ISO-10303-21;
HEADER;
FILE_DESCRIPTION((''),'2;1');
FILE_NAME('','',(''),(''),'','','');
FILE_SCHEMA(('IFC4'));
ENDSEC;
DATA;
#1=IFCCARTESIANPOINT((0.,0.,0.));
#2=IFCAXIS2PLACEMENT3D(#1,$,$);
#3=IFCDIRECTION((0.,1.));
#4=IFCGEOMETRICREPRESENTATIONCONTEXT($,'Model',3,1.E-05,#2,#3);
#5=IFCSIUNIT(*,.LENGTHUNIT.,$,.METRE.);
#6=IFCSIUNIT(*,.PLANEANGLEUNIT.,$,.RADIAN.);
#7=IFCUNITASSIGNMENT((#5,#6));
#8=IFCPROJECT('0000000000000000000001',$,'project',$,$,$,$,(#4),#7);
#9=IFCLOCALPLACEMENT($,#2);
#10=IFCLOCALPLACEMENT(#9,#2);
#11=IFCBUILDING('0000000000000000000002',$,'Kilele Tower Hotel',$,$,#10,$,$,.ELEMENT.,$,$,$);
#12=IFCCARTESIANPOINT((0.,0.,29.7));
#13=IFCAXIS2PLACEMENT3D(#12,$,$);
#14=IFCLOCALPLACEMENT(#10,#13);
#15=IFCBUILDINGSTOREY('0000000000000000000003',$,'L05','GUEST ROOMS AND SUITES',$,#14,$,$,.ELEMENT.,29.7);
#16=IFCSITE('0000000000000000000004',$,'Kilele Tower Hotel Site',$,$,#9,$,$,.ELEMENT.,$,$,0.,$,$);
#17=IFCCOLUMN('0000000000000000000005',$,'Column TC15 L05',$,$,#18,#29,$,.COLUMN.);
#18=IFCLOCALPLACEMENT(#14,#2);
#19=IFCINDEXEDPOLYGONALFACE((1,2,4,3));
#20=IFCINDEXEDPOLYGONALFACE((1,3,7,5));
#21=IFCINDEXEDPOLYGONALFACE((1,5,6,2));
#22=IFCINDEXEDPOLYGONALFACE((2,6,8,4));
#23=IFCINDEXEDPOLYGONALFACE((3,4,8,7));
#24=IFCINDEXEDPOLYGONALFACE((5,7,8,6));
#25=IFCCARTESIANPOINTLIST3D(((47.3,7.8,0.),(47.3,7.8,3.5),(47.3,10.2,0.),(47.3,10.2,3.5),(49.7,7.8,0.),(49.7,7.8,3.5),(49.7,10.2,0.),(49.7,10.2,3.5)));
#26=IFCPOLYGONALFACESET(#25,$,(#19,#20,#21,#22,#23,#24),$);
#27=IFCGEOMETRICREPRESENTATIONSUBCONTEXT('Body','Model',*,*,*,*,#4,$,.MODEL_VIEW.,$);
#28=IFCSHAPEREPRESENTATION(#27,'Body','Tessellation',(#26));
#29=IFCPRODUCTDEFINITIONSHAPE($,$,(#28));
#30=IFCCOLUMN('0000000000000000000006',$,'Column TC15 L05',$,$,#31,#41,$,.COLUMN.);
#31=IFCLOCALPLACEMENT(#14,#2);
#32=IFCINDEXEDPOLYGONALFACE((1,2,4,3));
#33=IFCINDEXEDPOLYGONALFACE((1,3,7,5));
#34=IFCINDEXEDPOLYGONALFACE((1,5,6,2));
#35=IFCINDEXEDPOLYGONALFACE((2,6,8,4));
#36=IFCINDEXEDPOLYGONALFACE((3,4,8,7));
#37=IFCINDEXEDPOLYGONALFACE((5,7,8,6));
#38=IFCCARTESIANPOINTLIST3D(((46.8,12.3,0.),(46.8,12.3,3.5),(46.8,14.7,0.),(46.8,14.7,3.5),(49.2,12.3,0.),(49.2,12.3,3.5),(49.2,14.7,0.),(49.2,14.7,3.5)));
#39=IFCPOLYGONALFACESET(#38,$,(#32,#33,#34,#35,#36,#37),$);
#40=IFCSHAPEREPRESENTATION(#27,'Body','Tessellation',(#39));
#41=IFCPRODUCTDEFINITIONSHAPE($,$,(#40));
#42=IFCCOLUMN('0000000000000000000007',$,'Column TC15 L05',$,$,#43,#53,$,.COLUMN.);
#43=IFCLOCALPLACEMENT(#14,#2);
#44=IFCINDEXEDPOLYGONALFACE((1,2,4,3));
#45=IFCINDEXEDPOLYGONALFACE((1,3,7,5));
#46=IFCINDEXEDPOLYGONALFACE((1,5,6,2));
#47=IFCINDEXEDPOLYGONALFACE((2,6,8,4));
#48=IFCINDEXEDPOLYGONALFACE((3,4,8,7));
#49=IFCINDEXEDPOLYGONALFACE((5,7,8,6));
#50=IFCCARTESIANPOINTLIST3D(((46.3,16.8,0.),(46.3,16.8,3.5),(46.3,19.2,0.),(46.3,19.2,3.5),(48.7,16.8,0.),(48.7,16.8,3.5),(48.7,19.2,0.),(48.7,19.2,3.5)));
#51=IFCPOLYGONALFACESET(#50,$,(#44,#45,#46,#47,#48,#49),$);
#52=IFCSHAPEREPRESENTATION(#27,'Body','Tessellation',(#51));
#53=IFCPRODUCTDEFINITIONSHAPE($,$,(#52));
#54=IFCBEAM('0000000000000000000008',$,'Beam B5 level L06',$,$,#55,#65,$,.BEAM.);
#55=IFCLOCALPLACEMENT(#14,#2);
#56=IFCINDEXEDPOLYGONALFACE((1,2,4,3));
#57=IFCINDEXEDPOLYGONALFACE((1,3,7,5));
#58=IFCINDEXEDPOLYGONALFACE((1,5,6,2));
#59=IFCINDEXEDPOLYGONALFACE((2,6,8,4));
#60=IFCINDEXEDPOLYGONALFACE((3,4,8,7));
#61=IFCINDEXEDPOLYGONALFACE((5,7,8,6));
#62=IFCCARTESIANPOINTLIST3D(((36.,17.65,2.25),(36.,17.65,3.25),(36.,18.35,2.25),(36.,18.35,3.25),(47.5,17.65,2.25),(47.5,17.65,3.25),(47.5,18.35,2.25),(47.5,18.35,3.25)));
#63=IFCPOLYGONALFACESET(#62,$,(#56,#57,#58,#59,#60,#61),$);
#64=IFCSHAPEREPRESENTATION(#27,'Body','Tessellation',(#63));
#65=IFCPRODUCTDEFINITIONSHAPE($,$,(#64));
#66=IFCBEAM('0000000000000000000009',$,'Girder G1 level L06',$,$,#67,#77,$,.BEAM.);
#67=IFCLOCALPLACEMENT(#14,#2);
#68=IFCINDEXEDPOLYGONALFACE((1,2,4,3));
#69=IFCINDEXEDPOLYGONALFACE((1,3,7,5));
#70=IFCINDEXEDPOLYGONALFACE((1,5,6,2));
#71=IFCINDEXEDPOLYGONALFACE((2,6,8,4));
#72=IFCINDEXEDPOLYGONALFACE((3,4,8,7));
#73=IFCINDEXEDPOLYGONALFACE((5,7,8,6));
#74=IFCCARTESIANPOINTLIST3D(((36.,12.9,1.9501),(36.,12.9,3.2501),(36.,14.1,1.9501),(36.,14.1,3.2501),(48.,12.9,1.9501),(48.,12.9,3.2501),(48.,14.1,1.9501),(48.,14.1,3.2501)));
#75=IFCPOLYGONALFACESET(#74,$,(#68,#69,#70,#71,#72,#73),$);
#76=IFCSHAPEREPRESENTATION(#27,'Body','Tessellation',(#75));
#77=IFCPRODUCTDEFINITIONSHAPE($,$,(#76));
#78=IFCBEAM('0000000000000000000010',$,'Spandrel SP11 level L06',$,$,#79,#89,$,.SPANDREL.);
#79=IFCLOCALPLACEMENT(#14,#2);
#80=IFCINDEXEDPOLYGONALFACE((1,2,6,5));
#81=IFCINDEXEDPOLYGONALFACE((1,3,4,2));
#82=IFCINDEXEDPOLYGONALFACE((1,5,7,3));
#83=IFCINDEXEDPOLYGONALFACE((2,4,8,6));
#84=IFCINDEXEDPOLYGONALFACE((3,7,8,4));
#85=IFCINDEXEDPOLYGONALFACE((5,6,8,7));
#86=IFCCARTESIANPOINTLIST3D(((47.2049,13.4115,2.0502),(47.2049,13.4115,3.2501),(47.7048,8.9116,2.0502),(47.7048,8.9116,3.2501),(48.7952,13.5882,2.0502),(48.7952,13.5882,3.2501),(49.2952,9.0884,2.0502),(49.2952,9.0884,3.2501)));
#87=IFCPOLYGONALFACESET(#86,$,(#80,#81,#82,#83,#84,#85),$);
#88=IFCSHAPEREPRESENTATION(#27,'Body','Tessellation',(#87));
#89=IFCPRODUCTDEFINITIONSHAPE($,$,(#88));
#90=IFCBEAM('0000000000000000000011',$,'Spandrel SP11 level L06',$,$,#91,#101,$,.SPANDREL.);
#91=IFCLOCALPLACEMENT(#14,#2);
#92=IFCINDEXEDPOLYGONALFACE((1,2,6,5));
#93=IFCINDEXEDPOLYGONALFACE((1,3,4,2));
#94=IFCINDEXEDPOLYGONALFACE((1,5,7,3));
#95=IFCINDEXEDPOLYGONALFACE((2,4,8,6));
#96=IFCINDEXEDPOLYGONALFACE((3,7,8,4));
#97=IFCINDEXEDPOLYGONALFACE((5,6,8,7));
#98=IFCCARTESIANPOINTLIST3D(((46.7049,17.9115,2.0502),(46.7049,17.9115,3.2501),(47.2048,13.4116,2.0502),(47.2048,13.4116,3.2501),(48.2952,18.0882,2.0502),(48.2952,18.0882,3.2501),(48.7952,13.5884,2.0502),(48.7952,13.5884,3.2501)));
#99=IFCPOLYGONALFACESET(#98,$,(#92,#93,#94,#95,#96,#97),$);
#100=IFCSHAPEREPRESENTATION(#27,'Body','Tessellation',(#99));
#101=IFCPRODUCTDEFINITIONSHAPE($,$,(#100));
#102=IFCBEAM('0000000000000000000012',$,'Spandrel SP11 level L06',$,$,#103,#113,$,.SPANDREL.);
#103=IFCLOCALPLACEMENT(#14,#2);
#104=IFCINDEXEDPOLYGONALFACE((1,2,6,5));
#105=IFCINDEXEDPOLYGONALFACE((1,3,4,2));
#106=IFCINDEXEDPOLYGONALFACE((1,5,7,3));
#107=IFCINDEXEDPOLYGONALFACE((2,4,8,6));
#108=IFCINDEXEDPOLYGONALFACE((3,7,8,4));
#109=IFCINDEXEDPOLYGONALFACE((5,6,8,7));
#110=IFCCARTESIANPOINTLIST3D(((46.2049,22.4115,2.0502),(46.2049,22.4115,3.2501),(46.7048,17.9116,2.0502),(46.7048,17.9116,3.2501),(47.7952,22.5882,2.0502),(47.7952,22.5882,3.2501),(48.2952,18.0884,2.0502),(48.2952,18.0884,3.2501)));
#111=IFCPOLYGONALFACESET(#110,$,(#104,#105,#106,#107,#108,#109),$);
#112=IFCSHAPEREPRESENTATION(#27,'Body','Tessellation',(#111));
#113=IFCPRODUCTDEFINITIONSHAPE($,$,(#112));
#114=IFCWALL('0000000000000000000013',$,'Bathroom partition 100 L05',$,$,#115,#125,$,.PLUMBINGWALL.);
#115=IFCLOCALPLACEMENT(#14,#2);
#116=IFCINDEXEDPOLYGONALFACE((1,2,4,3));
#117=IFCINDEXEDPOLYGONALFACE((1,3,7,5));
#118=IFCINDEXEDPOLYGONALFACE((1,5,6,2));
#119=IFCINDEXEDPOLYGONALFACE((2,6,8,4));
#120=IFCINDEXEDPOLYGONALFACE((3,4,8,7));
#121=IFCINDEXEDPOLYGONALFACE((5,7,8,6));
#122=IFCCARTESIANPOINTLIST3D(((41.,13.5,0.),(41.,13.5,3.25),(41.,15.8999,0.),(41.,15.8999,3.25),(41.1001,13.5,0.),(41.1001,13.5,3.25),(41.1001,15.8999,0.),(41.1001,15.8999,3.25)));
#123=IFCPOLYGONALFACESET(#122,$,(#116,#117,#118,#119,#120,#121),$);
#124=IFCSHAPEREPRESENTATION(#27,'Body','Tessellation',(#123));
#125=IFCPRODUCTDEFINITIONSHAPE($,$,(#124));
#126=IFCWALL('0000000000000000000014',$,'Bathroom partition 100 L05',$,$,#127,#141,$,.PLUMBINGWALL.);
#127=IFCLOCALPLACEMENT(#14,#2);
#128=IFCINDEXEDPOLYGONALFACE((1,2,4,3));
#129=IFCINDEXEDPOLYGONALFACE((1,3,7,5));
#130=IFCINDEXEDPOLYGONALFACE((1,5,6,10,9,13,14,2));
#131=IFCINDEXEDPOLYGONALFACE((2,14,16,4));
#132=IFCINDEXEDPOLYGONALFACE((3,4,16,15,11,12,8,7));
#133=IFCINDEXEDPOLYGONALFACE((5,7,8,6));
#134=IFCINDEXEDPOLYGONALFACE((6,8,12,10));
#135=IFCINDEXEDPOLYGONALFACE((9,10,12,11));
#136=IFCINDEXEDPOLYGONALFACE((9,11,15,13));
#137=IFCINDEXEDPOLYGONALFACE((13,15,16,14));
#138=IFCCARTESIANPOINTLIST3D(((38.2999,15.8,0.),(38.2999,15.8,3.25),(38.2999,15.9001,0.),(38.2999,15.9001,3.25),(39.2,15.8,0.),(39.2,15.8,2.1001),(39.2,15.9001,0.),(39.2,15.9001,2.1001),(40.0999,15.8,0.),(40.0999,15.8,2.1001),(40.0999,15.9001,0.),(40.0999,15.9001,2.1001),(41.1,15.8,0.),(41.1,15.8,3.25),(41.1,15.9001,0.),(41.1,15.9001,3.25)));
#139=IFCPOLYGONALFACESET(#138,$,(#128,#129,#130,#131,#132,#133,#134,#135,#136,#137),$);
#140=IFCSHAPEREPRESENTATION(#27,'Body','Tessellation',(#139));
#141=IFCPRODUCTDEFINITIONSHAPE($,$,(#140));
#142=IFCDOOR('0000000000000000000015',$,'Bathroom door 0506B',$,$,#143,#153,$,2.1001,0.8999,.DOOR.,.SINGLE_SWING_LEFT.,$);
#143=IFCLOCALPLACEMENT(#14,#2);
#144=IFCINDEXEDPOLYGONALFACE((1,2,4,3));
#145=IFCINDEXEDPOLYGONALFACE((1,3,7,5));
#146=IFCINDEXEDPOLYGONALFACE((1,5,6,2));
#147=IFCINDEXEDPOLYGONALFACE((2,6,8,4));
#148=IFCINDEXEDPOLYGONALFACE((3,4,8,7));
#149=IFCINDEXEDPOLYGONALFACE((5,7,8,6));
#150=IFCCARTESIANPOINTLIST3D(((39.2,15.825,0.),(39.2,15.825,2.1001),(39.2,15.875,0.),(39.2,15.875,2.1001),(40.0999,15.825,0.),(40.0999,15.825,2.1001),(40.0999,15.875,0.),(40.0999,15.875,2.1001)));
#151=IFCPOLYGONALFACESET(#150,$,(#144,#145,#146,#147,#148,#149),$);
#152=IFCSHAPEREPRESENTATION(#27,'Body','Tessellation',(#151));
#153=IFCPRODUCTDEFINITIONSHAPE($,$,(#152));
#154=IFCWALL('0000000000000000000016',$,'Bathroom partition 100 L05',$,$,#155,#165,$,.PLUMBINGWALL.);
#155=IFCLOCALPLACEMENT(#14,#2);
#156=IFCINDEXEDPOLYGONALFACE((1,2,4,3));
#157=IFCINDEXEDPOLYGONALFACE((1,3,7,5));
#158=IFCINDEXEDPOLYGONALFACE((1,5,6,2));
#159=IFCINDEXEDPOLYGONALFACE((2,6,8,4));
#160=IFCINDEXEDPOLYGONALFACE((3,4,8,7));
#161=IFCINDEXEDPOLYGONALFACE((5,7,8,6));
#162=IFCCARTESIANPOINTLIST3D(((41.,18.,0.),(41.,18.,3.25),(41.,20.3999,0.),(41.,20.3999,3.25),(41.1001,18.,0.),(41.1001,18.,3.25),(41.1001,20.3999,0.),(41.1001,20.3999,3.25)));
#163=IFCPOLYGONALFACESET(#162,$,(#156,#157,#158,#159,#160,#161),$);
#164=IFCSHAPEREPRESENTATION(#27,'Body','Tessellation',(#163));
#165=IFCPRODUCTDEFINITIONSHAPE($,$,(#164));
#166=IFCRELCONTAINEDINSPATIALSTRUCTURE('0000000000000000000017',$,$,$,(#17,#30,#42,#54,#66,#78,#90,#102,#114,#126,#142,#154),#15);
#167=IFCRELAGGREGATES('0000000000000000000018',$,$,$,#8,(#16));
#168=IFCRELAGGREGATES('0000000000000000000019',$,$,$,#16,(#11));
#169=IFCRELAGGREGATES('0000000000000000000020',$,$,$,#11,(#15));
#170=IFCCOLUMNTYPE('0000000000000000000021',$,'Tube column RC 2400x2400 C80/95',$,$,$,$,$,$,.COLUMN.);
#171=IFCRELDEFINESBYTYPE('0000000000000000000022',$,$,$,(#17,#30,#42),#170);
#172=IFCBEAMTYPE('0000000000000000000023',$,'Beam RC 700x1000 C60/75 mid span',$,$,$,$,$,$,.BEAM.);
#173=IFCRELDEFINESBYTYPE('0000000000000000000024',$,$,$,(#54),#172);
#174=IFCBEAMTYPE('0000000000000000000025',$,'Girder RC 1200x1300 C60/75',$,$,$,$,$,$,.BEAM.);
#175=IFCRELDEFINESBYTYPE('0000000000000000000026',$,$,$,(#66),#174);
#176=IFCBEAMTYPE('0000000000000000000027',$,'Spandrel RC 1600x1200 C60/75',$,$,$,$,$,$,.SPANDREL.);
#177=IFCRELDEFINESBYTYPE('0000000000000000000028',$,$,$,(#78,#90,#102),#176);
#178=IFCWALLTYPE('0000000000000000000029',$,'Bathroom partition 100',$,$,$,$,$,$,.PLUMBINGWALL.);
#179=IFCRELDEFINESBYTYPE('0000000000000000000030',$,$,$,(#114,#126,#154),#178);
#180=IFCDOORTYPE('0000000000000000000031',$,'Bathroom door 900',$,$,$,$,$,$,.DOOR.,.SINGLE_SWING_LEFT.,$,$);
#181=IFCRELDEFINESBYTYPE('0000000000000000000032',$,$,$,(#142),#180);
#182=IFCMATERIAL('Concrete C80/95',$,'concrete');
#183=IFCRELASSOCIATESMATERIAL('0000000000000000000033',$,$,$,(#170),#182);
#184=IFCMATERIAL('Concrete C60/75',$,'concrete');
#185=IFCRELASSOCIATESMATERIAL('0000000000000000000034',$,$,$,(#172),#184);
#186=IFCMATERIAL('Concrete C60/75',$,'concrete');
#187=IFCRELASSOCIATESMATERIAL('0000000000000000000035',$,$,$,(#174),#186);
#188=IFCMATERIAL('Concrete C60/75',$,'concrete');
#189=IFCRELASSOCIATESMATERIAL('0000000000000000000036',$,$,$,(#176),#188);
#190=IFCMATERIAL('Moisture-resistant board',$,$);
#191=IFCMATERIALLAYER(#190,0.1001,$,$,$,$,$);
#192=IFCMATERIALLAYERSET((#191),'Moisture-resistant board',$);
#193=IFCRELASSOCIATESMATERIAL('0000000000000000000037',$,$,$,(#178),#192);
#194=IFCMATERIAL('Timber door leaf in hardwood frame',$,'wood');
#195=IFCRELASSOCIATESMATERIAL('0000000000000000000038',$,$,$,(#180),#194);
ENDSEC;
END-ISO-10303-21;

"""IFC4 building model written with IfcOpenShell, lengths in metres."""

from ifc_helpers import new_model, si_unit, direction, frame, frame_2d, origin, origin_2d, place, context, subcontext, project, spatial, rectangle, extrude, material, layer, layer_set, material_profile, profile_set, type_object, element, fill, save


model = new_model("IFC4")

# Units and contexts
model_context = context("Model", 3, precision=1e-05, world=origin(), true_north=direction((0.0, 1.0)))
body_context = subcontext(model_context, "Body", "Model", "MODEL_VIEW")
ifc_project = project(units=[si_unit("LENGTHUNIT", "METRE"), si_unit("PLANEANGLEUNIT", "RADIAN")], contexts=[model_context])

# Site, building, storey
site_placement = place(None, origin())
site = spatial("IfcSite", under=ifc_project, at=site_placement, Name="Kilele Tower Hotel Site", CompositionType="ELEMENT", RefElevation=0.0)
building_placement = place(site_placement, origin())
building = spatial("IfcBuilding", under=site, at=building_placement, Name="Kilele Tower Hotel", CompositionType="ELEMENT")
storey_placement = place(building_placement, frame((0.0, 0.0, 29.7)))
storey = spatial("IfcBuildingStorey", under=building, at=storey_placement, Name="L05", Description="GUEST ROOMS AND SUITES", CompositionType="ELEMENT", Elevation=29.7)

# Columns
ifc_material_1 = material(Name="Concrete C80/95", Category="concrete")
ifc_material_profile_1 = material_profile(ifc_material_1, rectangle(XDim=2.3999, YDim=2.3999, at=origin_2d()))
ifc_profile_set_1 = profile_set([ifc_material_profile_1], Name="Concrete C80/95")
column_type = type_object("IfcColumnType", Name="Tube column RC 2400x2400 C80/95", PredefinedType="COLUMN", material=ifc_profile_set_1)
for number, where, z_axis, x_axis, name in (
    (1, (48.5, 9.0, 0.0), (0.0, 0.0, 1.0), (1.0, 0.0, 0.0), "Column TC15 L05"),
    (2, (48.0, 13.5, 0.0), (0.0, 0.0, 1.0), (1.0, 0.0, 0.0), "Column TC15 L05"),
    (3, (47.5, 18.0, 0.0), (0.0, 0.0, 1.0), (1.0, 0.0, 0.0), "Column TC15 L05"),
):
    element("IfcColumn", number, at=place(storey_placement, frame(where, z_axis=z_axis, x_axis=x_axis)), inside=storey, type_object=column_type, Name=name, PredefinedType="COLUMN", context=body_context, shape_type="SweptSolid", body=[
        extrude(rectangle(XDim=2.3999, YDim=2.3999, at=origin_2d()), origin(), (0.0, 0.0, 1.0), 3.5),
    ])

# Beams
ifc_material_2 = material(Name="Concrete C60/75", Category="concrete")
ifc_material_profile_2 = material_profile(ifc_material_2, rectangle(XDim=0.7, YDim=1.0, at=origin_2d()))
ifc_profile_set_2 = profile_set([ifc_material_profile_2], Name="Concrete C60/75")
beam_type_1 = type_object("IfcBeamType", Name="Beam RC 700x1000 C60/75 mid span", PredefinedType="BEAM", material=ifc_profile_set_2)
beam_1_placement = place(storey_placement, frame((47.5, 18.0, 2.75), z_axis=(-1.0, 0.0, 0.0), x_axis=(0.0, -1.0, 0.0)))
element("IfcBeam", 4, at=beam_1_placement, inside=storey, type_object=beam_type_1, Name="Beam B5 level L06", PredefinedType="BEAM", context=body_context, shape_type="SweptSolid", body=[
    extrude(rectangle(XDim=0.7, YDim=1.0, at=origin_2d()), origin(), (0.0, 0.0, 1.0), 11.5),
])
ifc_material_3 = material(Name="Concrete C60/75", Category="concrete")
ifc_material_profile_3 = material_profile(ifc_material_3, rectangle(XDim=1.2, YDim=1.3, at=origin_2d()))
ifc_profile_set_3 = profile_set([ifc_material_profile_3], Name="Concrete C60/75")
beam_type_2 = type_object("IfcBeamType", Name="Girder RC 1200x1300 C60/75", PredefinedType="BEAM", material=ifc_profile_set_3)
beam_2_placement = place(storey_placement, frame((48.0, 13.5, 2.6001), z_axis=(-1.0, 0.0, 0.0), x_axis=(0.0, -1.0, 0.0)))
element("IfcBeam", 5, at=beam_2_placement, inside=storey, type_object=beam_type_2, Name="Girder G1 level L06", PredefinedType="BEAM", context=body_context, shape_type="SweptSolid", body=[
    extrude(rectangle(XDim=1.2, YDim=1.3, at=origin_2d()), origin(), (0.0, 0.0, 1.0), 12.0),
])
ifc_material_4 = material(Name="Concrete C60/75", Category="concrete")
ifc_material_profile_4 = material_profile(ifc_material_4, rectangle(XDim=1.6001, YDim=1.2, at=origin_2d()))
ifc_profile_set_4 = profile_set([ifc_material_profile_4], Name="Concrete C60/75")
beam_type_3 = type_object("IfcBeamType", Name="Spandrel RC 1600x1200 C60/75", PredefinedType="SPANDREL", material=ifc_profile_set_4)
for number, where, z_axis, x_axis, name in (
    (6, (48.5, 9.0, 2.6501), (-0.110432, 0.993884, 0.0), (-0.993884, -0.110432, 0.0), "Spandrel SP11 level L06"),
    (7, (48.0, 13.5, 2.6501), (-0.110432, 0.993884, 0.0), (-0.993884, -0.110432, 0.0), "Spandrel SP11 level L06"),
    (8, (47.5, 18.0, 2.6501), (-0.110432, 0.993884, 0.0), (-0.993884, -0.110432, 0.0), "Spandrel SP11 level L06"),
):
    element("IfcBeam", number, at=place(storey_placement, frame(where, z_axis=z_axis, x_axis=x_axis)), inside=storey, type_object=beam_type_3, Name=name, PredefinedType="SPANDREL", context=body_context, shape_type="SweptSolid", body=[
        extrude(rectangle(XDim=1.6001, YDim=1.2, at=origin_2d()), origin(), (0.0, 0.0, 1.0), 4.5276),
    ])

# Wall
ifc_material_5 = material(Name="Moisture-resistant board")
ifc_layer_1 = layer(ifc_material_5, 0.1001)
ifc_layer_set_1 = layer_set([ifc_layer_1], Name="Moisture-resistant board")
wall_type_1 = type_object("IfcWallType", Name="Bathroom partition 100", PredefinedType="PLUMBINGWALL", material=ifc_layer_set_1)
wall_1_placement = place(storey_placement, frame((41.05, 13.5, 0.0), z_axis=(0.0, 0.0, 1.0), x_axis=(0.0, 1.0, 0.0)))
element("IfcWall", 9, at=wall_1_placement, inside=storey, type_object=wall_type_1, Name="Bathroom partition 100 L05", PredefinedType="PLUMBINGWALL", context=body_context, shape_type="SweptSolid", body=[
    extrude(rectangle(XDim=2.3999, YDim=0.1001, at=frame_2d((1.2, 0.0))), origin(), (0.0, 0.0, 1.0), 3.25),
])

# Wall, opening, door
wall_2_placement = place(storey_placement, frame((38.3, 15.8501, 0.0), z_axis=(0.0, 0.0, 1.0), x_axis=(1.0, 0.0, 0.0)))
wall_2 = element("IfcWall", 10, at=wall_2_placement, inside=storey, type_object=wall_type_1, Name="Bathroom partition 100 L05", PredefinedType="PLUMBINGWALL", context=body_context, shape_type="SweptSolid", body=[
    extrude(rectangle(XDim=2.8, YDim=0.1001, at=frame_2d((1.3999, 0.0))), origin(), (0.0, 0.0, 1.0), 3.25),
])
opening_1_placement = place(wall_2_placement, frame((0.8999, 0.0, 0.0)))
opening_1 = element("IfcOpeningElement", 11, at=opening_1_placement, cuts=wall_2, PredefinedType="OPENING", context=body_context, shape_type="SweptSolid", body=[
    extrude(rectangle(XDim=0.8999, YDim=2.1001, at=frame_2d((0.45, 1.05))), frame((0.0, 0.0601, 0.0), z_axis=(0.0, -1.0, 0.0), x_axis=(1.0, 0.0, 0.0)), (0.0, 0.0, 1.0), 0.1201),
])
ifc_material_6 = material(Name="Timber door leaf in hardwood frame", Category="wood")
door_type_1 = type_object("IfcDoorType", Name="Bathroom door 900", OperationType="SINGLE_SWING_LEFT", PredefinedType="DOOR", material=ifc_material_6)
door_1_placement = place(opening_1_placement, origin())
door_1 = element("IfcDoor", 12, at=door_1_placement, inside=storey, type_object=door_type_1, Name="Bathroom door 0506B", OperationType="SINGLE_SWING_LEFT", OverallHeight=2.1001, OverallWidth=0.8999, PredefinedType="DOOR", context=body_context, shape_type="SweptSolid", body=[
    extrude(rectangle(XDim=0.8999, YDim=2.1001, at=frame_2d((0.45, 1.05))), frame((0.0, 0.0249, 0.0), z_axis=(0.0, -1.0, 0.0), x_axis=(1.0, 0.0, 0.0)), (0.0, 0.0, 1.0), 0.05),
])
fill(opening_1, door_1)

# Wall
wall_3_placement = place(storey_placement, frame((41.05, 18.0, 0.0), z_axis=(0.0, 0.0, 1.0), x_axis=(0.0, 1.0, 0.0)))
element("IfcWall", 13, at=wall_3_placement, inside=storey, type_object=wall_type_1, Name="Bathroom partition 100 L05", PredefinedType="PLUMBINGWALL", context=body_context, shape_type="SweptSolid", body=[
    extrude(rectangle(XDim=2.3999, YDim=0.1001, at=frame_2d((1.2, 0.0))), origin(), (0.0, 0.0, 1.0), 3.25),
])

save(model, "model.ifc")
